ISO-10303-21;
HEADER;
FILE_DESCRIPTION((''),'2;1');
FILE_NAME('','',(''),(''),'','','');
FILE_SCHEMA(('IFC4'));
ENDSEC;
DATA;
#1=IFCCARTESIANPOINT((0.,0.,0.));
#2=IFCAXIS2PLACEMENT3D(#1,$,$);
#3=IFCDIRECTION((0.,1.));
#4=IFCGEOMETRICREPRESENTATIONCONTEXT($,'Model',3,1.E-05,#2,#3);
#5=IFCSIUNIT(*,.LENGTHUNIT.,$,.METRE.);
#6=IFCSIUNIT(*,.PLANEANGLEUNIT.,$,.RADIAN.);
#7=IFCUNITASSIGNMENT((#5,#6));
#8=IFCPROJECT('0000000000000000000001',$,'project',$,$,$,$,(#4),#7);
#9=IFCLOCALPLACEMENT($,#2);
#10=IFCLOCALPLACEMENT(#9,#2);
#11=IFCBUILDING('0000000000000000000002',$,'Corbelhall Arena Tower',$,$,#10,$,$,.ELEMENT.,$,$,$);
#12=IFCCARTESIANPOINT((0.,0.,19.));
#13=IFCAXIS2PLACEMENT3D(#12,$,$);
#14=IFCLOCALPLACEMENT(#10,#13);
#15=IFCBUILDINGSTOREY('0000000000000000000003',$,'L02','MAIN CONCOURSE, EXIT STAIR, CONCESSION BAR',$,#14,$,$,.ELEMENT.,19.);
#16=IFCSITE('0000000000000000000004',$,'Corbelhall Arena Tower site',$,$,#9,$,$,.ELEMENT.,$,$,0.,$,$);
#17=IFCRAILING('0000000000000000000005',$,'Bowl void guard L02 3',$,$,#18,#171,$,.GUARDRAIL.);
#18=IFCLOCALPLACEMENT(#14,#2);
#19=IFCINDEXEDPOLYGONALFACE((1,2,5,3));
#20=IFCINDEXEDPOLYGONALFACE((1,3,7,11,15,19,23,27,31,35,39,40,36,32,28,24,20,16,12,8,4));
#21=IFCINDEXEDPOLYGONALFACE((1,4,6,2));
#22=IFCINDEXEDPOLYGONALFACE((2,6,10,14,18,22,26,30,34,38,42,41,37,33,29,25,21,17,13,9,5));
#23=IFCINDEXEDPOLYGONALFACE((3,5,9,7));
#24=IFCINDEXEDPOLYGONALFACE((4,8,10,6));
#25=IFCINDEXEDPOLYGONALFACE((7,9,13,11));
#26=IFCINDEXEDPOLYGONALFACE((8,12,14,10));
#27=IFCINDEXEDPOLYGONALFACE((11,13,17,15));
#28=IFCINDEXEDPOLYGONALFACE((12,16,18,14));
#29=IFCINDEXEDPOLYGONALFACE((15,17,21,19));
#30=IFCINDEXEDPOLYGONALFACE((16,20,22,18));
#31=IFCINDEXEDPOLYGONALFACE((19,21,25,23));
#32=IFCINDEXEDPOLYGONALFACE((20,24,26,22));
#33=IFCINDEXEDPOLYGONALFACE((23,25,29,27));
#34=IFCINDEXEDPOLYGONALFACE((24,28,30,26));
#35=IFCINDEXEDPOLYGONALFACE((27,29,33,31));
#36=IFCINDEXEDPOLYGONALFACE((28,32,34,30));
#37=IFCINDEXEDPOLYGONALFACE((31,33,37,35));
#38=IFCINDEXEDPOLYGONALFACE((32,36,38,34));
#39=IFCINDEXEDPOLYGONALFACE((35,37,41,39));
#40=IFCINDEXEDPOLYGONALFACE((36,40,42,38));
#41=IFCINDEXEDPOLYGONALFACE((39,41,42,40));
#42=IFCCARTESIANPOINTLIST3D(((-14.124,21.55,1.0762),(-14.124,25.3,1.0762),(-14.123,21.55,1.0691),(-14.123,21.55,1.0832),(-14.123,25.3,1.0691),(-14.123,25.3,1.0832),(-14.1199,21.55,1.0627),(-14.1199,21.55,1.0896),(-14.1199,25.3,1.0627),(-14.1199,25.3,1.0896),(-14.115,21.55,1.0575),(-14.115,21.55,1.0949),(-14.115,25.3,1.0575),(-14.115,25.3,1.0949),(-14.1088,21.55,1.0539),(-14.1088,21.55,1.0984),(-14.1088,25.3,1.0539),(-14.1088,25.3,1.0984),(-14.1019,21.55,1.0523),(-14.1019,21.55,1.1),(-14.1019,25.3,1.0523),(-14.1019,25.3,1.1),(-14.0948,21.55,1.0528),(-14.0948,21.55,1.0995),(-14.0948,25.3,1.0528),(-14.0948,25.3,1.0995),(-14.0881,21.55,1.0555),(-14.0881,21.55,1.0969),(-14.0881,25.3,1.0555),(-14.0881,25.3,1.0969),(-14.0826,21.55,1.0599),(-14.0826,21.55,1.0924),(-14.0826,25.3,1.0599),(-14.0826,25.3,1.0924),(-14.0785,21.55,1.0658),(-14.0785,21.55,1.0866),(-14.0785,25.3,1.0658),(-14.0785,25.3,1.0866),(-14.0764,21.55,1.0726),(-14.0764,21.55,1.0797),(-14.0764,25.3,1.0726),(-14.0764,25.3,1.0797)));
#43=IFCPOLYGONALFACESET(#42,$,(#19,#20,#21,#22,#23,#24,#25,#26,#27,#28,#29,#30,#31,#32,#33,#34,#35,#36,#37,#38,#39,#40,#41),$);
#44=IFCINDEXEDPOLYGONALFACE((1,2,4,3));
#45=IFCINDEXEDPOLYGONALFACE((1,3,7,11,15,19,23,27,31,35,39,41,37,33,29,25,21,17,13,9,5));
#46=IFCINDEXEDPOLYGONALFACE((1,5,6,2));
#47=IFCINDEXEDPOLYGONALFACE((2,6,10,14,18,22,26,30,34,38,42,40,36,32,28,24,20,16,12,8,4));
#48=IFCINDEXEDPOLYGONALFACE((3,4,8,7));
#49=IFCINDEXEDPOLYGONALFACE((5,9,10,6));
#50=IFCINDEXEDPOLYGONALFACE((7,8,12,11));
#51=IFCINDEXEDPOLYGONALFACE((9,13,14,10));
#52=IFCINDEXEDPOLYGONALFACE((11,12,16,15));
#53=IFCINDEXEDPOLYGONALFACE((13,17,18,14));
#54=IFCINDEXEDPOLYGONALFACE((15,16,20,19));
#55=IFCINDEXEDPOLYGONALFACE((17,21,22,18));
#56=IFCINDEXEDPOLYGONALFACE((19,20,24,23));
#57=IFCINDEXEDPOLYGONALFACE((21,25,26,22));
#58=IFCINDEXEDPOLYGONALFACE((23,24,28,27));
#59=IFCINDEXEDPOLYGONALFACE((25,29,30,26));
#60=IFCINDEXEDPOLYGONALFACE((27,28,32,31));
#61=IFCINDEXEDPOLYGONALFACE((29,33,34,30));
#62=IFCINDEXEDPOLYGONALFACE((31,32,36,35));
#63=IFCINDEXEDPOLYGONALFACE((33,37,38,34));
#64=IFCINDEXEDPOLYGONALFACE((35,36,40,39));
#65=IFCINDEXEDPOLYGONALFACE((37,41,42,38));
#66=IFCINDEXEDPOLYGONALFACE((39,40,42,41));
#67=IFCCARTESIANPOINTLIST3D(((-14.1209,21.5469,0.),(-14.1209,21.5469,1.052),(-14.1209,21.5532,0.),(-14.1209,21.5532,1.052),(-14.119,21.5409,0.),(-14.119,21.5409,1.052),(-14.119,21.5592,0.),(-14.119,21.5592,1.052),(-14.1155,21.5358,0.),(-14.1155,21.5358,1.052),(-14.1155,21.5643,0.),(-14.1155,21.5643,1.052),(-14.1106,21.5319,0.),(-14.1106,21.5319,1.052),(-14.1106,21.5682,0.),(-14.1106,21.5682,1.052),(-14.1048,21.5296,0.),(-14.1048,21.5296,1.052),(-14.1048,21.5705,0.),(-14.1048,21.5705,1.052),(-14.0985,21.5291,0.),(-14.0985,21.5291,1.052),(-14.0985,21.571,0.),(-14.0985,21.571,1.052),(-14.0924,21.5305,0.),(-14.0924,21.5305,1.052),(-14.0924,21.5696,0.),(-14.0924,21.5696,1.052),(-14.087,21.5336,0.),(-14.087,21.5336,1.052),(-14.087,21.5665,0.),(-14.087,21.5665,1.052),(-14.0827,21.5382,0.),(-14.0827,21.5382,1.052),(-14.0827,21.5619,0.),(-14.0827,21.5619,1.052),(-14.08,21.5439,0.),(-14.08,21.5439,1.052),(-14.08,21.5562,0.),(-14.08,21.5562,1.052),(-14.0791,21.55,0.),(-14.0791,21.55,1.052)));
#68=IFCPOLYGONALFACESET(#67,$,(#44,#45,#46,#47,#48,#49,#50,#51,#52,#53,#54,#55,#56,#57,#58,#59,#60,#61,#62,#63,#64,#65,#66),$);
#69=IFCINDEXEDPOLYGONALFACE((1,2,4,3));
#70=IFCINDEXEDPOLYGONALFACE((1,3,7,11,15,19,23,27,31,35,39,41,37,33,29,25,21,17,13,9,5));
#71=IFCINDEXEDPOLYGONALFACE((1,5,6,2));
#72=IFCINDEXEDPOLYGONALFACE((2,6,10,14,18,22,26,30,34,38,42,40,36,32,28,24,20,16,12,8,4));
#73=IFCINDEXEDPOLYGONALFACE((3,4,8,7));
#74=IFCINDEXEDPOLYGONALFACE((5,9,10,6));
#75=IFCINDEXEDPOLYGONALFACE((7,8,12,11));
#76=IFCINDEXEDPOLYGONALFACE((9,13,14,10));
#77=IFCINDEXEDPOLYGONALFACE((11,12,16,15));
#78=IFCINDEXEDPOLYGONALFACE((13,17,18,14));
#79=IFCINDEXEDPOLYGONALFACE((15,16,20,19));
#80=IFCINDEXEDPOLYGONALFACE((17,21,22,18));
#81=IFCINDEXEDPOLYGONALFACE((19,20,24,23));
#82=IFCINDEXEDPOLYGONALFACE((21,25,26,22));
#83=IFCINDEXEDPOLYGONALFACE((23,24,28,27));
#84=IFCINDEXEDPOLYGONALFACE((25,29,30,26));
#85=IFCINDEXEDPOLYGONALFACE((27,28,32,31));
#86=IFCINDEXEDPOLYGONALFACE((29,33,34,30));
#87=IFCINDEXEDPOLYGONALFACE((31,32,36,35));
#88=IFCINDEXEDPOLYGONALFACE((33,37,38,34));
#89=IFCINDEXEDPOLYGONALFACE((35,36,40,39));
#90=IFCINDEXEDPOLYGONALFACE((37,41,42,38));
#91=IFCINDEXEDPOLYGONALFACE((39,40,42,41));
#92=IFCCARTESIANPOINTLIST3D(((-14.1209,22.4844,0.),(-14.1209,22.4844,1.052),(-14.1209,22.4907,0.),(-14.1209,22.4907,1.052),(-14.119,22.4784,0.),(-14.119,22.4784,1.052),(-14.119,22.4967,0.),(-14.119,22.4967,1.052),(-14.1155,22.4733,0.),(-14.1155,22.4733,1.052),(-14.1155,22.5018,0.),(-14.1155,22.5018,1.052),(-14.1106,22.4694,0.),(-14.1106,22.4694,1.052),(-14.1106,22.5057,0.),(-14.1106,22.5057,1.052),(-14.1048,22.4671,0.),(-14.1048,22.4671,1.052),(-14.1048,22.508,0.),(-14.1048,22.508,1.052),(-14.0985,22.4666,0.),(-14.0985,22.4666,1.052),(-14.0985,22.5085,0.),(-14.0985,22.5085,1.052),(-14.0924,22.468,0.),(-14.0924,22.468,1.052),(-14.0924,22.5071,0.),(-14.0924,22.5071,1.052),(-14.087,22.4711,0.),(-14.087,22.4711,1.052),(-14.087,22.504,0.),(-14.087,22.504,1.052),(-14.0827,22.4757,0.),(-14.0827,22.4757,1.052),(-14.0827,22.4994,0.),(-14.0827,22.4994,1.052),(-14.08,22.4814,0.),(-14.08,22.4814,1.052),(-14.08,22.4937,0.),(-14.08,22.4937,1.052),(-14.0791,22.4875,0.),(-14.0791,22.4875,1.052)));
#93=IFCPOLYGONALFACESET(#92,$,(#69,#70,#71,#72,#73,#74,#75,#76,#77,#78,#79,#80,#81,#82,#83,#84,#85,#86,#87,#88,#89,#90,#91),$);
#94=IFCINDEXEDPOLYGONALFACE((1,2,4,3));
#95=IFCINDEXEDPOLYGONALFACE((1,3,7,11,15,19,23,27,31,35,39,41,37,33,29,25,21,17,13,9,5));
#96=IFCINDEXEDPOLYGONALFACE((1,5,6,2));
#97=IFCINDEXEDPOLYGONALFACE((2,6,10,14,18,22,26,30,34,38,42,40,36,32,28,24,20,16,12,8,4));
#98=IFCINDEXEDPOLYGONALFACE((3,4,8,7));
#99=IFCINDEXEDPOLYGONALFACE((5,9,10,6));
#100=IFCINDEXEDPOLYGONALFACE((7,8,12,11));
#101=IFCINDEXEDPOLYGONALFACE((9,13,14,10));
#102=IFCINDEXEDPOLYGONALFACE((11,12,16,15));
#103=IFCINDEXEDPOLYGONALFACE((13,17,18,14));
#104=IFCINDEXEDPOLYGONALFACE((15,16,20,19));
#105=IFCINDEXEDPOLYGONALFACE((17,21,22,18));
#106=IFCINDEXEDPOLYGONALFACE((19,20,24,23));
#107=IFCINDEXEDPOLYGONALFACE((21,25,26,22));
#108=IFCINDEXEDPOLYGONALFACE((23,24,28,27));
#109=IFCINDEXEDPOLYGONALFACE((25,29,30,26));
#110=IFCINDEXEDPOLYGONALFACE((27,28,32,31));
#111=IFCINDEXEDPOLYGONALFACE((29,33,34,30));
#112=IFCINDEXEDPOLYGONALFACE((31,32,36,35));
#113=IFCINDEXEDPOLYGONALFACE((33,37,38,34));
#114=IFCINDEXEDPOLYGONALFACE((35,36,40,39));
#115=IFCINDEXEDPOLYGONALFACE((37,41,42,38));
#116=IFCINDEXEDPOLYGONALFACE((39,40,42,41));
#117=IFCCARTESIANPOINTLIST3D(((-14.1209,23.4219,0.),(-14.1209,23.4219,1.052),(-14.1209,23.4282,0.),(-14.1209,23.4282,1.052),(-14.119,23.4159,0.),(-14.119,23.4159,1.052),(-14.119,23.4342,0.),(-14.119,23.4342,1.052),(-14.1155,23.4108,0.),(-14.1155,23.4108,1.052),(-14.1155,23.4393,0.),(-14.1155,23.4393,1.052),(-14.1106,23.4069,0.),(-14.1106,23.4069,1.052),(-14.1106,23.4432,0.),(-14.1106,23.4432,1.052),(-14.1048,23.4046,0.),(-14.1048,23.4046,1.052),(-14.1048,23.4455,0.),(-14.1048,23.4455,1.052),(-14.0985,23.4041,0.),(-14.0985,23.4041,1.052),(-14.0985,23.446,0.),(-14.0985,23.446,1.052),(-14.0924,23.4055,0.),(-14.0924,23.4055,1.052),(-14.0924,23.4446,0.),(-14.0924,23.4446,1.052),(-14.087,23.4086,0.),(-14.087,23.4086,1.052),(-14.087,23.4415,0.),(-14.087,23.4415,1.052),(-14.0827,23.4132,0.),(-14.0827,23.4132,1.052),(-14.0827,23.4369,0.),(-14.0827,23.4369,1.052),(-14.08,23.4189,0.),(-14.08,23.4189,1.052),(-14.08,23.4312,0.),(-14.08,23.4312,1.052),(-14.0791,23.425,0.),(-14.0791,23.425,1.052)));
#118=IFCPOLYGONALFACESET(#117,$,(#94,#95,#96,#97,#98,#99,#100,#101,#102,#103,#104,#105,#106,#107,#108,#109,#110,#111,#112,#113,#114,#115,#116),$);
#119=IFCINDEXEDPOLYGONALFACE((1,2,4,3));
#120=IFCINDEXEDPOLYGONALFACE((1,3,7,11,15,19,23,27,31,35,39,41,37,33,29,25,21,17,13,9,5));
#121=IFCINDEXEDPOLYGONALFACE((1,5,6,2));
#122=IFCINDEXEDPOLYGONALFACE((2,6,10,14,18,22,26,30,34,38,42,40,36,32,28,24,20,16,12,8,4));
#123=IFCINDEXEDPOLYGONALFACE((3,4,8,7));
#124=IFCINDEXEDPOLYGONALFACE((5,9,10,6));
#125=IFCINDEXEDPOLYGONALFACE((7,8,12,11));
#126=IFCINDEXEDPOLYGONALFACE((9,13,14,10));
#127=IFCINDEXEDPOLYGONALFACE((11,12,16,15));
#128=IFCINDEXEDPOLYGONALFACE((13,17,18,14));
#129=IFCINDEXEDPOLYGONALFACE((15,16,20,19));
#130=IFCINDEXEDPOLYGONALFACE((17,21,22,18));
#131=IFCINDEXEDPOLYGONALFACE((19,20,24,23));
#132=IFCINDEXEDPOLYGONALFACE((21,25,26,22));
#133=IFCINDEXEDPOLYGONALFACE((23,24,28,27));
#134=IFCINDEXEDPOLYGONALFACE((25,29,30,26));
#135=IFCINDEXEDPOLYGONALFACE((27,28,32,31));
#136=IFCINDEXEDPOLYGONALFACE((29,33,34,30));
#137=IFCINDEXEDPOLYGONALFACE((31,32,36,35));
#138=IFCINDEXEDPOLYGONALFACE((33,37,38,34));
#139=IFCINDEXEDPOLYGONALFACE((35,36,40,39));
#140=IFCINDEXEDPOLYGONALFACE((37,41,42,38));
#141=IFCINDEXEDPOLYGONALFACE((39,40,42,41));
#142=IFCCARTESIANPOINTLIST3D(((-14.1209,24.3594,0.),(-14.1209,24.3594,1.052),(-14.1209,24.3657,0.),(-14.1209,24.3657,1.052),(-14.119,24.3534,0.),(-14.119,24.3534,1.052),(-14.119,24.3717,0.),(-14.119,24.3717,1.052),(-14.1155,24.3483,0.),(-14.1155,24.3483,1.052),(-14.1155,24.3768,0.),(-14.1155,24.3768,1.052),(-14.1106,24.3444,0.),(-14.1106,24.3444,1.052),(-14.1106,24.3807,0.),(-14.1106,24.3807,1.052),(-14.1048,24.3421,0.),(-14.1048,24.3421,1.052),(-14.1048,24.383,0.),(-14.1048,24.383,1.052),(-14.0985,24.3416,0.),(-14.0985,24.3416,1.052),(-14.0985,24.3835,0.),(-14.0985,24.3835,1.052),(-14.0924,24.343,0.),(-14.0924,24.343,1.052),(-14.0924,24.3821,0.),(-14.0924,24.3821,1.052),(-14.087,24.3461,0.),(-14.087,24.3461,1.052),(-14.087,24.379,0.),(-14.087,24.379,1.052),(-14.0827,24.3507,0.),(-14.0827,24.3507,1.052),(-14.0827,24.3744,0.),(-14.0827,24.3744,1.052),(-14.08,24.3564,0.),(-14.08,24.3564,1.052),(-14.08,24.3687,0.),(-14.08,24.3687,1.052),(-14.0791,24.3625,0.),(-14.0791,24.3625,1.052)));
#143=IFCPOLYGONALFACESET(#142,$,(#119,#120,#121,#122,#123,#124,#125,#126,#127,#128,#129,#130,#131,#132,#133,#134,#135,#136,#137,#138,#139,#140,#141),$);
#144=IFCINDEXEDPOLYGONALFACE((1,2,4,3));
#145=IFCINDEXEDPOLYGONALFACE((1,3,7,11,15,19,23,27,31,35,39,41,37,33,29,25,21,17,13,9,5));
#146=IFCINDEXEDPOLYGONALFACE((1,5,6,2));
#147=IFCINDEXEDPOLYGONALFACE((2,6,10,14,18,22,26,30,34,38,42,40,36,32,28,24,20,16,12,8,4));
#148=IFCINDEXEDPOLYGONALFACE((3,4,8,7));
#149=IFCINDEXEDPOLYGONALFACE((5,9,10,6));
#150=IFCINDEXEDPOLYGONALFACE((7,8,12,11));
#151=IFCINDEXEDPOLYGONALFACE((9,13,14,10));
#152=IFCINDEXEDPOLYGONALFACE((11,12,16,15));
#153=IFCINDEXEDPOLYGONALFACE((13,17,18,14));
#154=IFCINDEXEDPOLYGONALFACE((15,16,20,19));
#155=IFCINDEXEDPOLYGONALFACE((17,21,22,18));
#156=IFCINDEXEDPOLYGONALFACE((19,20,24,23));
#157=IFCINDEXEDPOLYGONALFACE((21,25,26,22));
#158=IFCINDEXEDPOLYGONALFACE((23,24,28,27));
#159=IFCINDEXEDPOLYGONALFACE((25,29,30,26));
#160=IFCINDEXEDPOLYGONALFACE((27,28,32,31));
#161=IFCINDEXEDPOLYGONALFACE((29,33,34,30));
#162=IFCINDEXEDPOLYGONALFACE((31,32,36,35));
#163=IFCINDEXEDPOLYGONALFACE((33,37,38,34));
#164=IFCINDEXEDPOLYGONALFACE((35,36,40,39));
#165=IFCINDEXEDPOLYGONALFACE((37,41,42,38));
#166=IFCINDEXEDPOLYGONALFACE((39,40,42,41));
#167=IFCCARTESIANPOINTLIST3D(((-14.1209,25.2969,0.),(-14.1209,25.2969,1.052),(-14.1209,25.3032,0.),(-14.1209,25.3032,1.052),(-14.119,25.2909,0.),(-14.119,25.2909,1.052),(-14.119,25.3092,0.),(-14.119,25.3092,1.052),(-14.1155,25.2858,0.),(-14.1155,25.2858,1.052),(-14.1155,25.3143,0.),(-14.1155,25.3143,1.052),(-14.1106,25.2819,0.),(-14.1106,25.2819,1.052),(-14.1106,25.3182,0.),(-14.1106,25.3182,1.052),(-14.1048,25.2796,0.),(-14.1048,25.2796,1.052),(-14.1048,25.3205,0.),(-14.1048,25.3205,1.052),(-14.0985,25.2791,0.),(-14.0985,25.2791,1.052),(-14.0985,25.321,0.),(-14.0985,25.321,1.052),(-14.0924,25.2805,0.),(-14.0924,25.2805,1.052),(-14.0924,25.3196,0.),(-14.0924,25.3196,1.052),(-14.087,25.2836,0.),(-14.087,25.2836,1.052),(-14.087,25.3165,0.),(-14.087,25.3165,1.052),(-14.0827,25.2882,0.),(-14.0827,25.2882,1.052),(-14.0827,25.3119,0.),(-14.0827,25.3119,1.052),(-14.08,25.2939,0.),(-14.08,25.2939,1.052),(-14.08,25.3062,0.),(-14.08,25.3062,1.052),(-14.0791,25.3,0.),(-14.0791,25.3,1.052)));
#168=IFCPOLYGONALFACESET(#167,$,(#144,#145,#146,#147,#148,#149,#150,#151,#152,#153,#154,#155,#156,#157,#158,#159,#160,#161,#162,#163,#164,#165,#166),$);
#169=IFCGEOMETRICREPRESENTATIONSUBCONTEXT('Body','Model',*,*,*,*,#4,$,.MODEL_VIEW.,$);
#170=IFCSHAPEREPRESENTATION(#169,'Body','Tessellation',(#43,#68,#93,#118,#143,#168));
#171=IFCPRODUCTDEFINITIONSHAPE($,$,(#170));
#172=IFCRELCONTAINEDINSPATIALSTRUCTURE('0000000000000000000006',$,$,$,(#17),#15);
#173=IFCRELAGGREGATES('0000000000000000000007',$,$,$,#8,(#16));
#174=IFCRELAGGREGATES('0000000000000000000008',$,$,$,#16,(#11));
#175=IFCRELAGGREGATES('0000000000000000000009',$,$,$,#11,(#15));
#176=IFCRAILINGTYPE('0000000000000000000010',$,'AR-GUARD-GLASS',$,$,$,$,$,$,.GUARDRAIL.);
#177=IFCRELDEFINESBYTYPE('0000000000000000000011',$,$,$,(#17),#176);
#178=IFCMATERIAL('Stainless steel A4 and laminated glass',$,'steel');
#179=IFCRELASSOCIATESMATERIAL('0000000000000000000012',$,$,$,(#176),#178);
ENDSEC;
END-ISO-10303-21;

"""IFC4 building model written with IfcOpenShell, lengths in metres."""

from ifc_helpers import new_model, si_unit, direction, frame, origin, origin_2d, place, context, subcontext, project, spatial, circle, extrude, material, type_object, element, save


model = new_model("IFC4")

# Units and contexts
model_context = context("Model", 3, precision=1e-05, world=origin(), true_north=direction((0.0, 1.0)))
body_context = subcontext(model_context, "Body", "Model", "MODEL_VIEW")
ifc_project = project(units=[si_unit("LENGTHUNIT", "METRE"), si_unit("PLANEANGLEUNIT", "RADIAN")], contexts=[model_context])

# Site, building, storey
site_placement = place(None, origin())
site = spatial("IfcSite", under=ifc_project, at=site_placement, Name="Corbelhall Arena Tower site", CompositionType="ELEMENT", RefElevation=0.0)
building_placement = place(site_placement, origin())
building = spatial("IfcBuilding", under=site, at=building_placement, Name="Corbelhall Arena Tower", CompositionType="ELEMENT")
storey_placement = place(building_placement, frame((0.0, 0.0, 19.0)))
storey = spatial("IfcBuildingStorey", under=building, at=storey_placement, Name="L02", Description="MAIN CONCOURSE, EXIT STAIR, CONCESSION BAR", CompositionType="ELEMENT", Elevation=19.0)

# Railing
ifc_material_1 = material(Name="Stainless steel A4 and laminated glass", Category="steel")
railing_type_1 = type_object("IfcRailingType", Name="AR-GUARD-GLASS", PredefinedType="GUARDRAIL", material=ifc_material_1)
railing_1_placement = place(storey_placement, frame((-14.1001, 21.55, 0.0)))
element("IfcRailing", 1, at=railing_1_placement, inside=storey, type_object=railing_type_1, Name="Bowl void guard L02 3", PredefinedType="GUARDRAIL", context=body_context, shape_type="SweptSolid", body=[
    extrude(circle(Radius=0.0239, at=origin_2d()), frame((0.0, 0.0, 1.0762), z_axis=(0.0, 1.0, 0.0), x_axis=(-1.0, 0.0, 0.0)), (0.0, 0.0, 1.0), 3.75),
    extrude(circle(Radius=0.021, at=origin_2d()), origin(), (0.0, 0.0, 1.0), 1.052),
    extrude(circle(Radius=0.021, at=origin_2d()), frame((0.0, 0.9375, 0.0)), (0.0, 0.0, 1.0), 1.052),
    extrude(circle(Radius=0.021, at=origin_2d()), frame((0.0, 1.875, 0.0)), (0.0, 0.0, 1.0), 1.052),
    extrude(circle(Radius=0.021, at=origin_2d()), frame((0.0, 2.8125, 0.0)), (0.0, 0.0, 1.0), 1.052),
    extrude(circle(Radius=0.021, at=origin_2d()), frame((0.0, 3.75, 0.0)), (0.0, 0.0, 1.0), 1.052),
])

save(model, "model.ifc")
